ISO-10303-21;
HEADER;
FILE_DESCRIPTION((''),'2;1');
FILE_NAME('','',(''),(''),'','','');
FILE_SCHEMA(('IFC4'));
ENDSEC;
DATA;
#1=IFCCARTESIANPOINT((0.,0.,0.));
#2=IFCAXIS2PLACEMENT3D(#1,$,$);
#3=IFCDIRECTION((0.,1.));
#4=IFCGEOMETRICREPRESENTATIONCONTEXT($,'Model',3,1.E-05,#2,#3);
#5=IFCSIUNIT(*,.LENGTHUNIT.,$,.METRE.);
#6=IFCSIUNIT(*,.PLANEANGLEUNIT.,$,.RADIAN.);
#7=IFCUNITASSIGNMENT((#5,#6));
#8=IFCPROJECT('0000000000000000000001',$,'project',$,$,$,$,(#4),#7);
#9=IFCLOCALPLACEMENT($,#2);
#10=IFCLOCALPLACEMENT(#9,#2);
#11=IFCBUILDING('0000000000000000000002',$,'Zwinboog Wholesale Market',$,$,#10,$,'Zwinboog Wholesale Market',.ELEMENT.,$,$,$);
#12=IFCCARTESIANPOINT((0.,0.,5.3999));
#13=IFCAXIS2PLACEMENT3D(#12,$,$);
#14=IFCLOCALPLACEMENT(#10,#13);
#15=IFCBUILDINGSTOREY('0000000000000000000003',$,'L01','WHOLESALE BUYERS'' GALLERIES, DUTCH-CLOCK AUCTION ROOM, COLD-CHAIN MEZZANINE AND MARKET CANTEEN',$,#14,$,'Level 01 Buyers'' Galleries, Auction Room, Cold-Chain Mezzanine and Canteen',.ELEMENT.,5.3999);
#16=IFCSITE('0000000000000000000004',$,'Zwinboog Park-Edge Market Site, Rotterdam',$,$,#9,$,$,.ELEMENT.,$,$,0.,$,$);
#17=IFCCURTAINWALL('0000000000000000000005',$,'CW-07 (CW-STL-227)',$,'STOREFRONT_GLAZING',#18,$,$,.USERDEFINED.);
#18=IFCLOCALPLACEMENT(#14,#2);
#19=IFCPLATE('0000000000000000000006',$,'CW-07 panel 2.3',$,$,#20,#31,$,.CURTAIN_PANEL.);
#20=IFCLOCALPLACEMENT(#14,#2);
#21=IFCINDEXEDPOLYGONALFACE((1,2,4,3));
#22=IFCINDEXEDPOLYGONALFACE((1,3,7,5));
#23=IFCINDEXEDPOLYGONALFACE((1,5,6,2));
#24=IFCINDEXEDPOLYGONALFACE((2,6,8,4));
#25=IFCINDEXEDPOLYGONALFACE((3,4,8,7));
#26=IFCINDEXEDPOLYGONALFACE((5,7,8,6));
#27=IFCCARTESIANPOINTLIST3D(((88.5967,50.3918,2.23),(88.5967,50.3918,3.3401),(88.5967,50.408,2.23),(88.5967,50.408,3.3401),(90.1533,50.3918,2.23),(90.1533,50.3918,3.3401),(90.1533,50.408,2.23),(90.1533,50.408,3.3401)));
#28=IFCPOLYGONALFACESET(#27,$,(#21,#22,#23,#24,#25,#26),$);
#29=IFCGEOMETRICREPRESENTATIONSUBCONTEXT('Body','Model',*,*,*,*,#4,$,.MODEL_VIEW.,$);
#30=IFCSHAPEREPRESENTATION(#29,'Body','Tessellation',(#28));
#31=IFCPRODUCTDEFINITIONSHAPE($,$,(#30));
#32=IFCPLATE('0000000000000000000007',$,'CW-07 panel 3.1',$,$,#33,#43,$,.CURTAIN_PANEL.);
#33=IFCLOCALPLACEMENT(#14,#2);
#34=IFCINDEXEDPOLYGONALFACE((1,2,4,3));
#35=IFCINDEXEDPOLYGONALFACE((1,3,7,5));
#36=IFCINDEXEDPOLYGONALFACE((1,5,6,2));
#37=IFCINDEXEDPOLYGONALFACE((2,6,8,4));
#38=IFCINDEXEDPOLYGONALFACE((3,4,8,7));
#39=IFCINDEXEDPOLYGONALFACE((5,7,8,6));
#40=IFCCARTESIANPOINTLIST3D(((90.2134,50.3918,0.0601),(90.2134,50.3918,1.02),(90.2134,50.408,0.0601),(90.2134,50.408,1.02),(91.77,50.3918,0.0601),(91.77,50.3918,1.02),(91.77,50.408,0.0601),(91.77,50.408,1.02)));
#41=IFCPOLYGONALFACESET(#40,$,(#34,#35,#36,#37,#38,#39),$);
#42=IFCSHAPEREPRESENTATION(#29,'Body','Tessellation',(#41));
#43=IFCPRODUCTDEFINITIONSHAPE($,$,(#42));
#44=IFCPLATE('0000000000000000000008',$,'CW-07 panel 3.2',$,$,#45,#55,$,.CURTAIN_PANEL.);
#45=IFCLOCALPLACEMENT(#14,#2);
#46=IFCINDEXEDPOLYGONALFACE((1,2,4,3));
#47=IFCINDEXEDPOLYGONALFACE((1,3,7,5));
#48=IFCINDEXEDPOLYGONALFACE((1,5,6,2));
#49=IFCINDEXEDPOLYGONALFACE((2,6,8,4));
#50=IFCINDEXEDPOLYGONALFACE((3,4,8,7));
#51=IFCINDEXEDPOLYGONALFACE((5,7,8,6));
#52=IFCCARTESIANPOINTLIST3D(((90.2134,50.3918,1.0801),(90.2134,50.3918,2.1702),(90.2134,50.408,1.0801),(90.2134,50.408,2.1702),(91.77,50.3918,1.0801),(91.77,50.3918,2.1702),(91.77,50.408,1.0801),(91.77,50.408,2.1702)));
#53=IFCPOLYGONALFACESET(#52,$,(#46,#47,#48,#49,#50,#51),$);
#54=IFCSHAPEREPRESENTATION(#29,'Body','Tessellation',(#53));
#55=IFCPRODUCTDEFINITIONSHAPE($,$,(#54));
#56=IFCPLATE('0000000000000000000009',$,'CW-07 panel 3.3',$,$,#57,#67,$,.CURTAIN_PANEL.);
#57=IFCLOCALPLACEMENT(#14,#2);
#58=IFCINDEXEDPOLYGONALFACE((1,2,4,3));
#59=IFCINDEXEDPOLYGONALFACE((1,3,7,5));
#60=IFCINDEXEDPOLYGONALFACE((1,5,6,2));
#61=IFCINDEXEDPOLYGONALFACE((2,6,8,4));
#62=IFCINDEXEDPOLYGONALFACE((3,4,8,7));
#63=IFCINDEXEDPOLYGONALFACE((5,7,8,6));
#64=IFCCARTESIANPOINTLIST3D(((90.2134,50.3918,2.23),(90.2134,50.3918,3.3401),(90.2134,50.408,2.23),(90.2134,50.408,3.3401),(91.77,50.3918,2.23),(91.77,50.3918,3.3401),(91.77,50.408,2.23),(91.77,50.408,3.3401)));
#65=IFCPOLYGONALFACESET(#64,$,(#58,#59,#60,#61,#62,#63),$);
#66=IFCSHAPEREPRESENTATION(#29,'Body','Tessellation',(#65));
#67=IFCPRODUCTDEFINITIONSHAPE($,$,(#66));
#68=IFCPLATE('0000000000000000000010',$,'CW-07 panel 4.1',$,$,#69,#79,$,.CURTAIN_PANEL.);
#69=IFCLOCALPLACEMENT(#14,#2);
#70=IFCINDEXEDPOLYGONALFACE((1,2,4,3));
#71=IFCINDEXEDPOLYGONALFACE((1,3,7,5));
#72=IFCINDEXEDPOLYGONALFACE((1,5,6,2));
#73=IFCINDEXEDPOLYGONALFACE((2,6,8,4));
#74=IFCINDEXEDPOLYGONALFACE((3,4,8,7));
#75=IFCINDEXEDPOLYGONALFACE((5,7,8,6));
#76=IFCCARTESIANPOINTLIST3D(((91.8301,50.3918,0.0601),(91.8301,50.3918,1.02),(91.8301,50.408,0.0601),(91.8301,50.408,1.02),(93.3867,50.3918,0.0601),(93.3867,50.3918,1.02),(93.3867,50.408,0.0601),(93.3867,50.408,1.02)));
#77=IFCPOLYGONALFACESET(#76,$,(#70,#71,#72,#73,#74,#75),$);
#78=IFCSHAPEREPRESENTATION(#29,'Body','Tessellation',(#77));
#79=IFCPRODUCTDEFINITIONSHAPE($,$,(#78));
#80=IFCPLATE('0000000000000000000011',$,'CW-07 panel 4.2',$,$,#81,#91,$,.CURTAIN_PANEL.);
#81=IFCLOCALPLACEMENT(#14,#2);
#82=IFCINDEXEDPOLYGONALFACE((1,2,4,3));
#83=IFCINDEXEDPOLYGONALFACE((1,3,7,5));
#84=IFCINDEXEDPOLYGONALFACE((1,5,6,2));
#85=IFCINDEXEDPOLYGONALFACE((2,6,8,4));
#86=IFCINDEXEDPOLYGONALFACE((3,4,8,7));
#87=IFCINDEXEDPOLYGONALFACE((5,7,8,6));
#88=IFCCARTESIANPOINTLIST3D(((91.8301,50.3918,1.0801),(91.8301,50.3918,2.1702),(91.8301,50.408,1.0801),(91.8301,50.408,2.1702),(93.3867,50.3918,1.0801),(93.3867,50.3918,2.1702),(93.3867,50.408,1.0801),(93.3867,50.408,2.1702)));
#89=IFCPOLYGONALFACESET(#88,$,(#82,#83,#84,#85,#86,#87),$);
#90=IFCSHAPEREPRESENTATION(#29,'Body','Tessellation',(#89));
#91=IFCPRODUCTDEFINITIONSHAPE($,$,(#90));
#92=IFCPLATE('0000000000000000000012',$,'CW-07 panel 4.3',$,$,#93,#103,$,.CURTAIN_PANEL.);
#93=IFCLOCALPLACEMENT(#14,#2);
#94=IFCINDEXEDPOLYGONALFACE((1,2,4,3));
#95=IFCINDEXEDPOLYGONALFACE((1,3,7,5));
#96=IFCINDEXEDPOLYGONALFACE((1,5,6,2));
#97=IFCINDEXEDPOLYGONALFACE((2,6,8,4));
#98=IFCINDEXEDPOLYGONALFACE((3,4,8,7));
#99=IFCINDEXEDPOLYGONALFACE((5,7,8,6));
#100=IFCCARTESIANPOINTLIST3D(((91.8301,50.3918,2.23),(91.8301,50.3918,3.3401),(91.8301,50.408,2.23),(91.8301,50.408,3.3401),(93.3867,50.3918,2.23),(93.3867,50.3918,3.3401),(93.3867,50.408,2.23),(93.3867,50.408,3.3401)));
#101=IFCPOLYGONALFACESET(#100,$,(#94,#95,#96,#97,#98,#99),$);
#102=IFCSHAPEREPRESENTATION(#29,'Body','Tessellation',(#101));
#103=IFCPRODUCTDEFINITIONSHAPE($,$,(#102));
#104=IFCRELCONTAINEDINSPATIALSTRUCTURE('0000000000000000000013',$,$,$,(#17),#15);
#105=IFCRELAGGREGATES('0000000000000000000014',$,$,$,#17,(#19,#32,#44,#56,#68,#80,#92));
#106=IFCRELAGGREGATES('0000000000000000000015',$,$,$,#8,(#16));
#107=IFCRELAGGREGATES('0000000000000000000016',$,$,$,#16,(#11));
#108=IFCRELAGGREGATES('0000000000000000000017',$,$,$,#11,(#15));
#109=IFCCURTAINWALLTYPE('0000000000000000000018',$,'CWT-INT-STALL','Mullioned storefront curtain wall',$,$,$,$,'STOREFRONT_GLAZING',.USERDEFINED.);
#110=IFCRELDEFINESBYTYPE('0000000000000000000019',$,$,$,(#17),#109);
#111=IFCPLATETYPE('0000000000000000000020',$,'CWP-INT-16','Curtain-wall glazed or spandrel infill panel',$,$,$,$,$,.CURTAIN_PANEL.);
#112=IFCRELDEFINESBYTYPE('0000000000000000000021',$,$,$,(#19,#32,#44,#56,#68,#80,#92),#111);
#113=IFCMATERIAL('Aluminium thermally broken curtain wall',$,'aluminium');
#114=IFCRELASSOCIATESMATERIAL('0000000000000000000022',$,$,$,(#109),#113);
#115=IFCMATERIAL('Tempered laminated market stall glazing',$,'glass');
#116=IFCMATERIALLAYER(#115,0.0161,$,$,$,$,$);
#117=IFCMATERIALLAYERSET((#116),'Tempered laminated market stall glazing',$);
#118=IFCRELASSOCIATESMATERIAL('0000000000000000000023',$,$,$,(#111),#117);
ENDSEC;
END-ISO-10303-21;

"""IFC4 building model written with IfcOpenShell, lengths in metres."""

from ifc_helpers import new_model, si_unit, direction, frame, origin, origin_2d, place, context, subcontext, project, spatial, rectangle, extrude, material, layer, layer_set, type_object, element, aggregate, save


model = new_model("IFC4")

# Units and contexts
model_context = context("Model", 3, precision=1e-05, world=origin(), true_north=direction((0.0, 1.0)))
body_context = subcontext(model_context, "Body", "Model", "MODEL_VIEW")
ifc_project = project(units=[si_unit("LENGTHUNIT", "METRE"), si_unit("PLANEANGLEUNIT", "RADIAN")], contexts=[model_context])

# Site, building, storey
site_placement = place(None, origin())
site = spatial("IfcSite", under=ifc_project, at=site_placement, Name="Zwinboog Park-Edge Market Site, Rotterdam", CompositionType="ELEMENT", RefElevation=0.0)
building_placement = place(site_placement, origin())
building = spatial("IfcBuilding", under=site, at=building_placement, Name="Zwinboog Wholesale Market", LongName="Zwinboog Wholesale Market", CompositionType="ELEMENT")
storey_placement = place(building_placement, frame((0.0, 0.0, 5.3999)))
storey = spatial("IfcBuildingStorey", under=building, at=storey_placement, Name="L01", Description="WHOLESALE BUYERS' GALLERIES, DUTCH-CLOCK AUCTION ROOM, COLD-CHAIN MEZZANINE AND MARKET CANTEEN", LongName="Level 01 Buyers' Galleries, Auction Room, Cold-Chain Mezzanine and Canteen", CompositionType="ELEMENT", Elevation=5.3999)

# Curtain wall, plates
ifc_material_1 = material(Name="Aluminium thermally broken curtain wall", Category="aluminium")
curtain_wall_type = type_object("IfcCurtainWallType", Name="CWT-INT-STALL", Description="Mullioned storefront curtain wall", ElementType="STOREFRONT_GLAZING", PredefinedType="USERDEFINED", material=ifc_material_1)
curtain_wall_placement = place(storey_placement, origin())
curtain_wall = element("IfcCurtainWall", 1, at=curtain_wall_placement, inside=storey, type_object=curtain_wall_type, Name="CW-07 (CW-STL-227)", ObjectType="STOREFRONT_GLAZING", PredefinedType="USERDEFINED")
ifc_material_2 = material(Name="Tempered laminated market stall glazing", Category="glass")
ifc_layer = layer(ifc_material_2, 0.0161)
ifc_layer_set = layer_set([ifc_layer], Name="Tempered laminated market stall glazing")
plate_type = type_object("IfcPlateType", Name="CWP-INT-16", Description="Curtain-wall glazed or spandrel infill panel", PredefinedType="CURTAIN_PANEL", material=ifc_layer_set)
plate_1_placement = place(storey_placement, frame((89.375, 50.3999, 2.23), z_axis=(0.0, 0.0, 1.0), x_axis=(1.0, 0.0, 0.0)))
plate_1 = element("IfcPlate", 2, at=plate_1_placement, type_object=plate_type, Name="CW-07 panel 2.3", PredefinedType="CURTAIN_PANEL", context=body_context, shape_type="SweptSolid", body=[
    extrude(rectangle(XDim=1.5566, YDim=0.0161, at=origin_2d()), origin(), (0.0, 0.0, 1.0), 1.1101),
])
plate_2_placement = place(storey_placement, frame((90.9917, 50.3999, 0.0601), z_axis=(0.0, 0.0, 1.0), x_axis=(1.0, 0.0, 0.0)))
plate_2 = element("IfcPlate", 3, at=plate_2_placement, type_object=plate_type, Name="CW-07 panel 3.1", PredefinedType="CURTAIN_PANEL", context=body_context, shape_type="SweptSolid", body=[
    extrude(rectangle(XDim=1.5566, YDim=0.0161, at=origin_2d()), origin(), (0.0, 0.0, 1.0), 0.96),
])
plate_3_placement = place(storey_placement, frame((90.9917, 50.3999, 1.0801), z_axis=(0.0, 0.0, 1.0), x_axis=(1.0, 0.0, 0.0)))
plate_3 = element("IfcPlate", 4, at=plate_3_placement, type_object=plate_type, Name="CW-07 panel 3.2", PredefinedType="CURTAIN_PANEL", context=body_context, shape_type="SweptSolid", body=[
    extrude(rectangle(XDim=1.5566, YDim=0.0161, at=origin_2d()), origin(), (0.0, 0.0, 1.0), 1.0901),
])
plate_4_placement = place(storey_placement, frame((90.9917, 50.3999, 2.23), z_axis=(0.0, 0.0, 1.0), x_axis=(1.0, 0.0, 0.0)))
plate_4 = element("IfcPlate", 5, at=plate_4_placement, type_object=plate_type, Name="CW-07 panel 3.3", PredefinedType="CURTAIN_PANEL", context=body_context, shape_type="SweptSolid", body=[
    extrude(rectangle(XDim=1.5566, YDim=0.0161, at=origin_2d()), origin(), (0.0, 0.0, 1.0), 1.1101),
])
plate_5_placement = place(storey_placement, frame((92.6084, 50.3999, 0.0601), z_axis=(0.0, 0.0, 1.0), x_axis=(1.0, 0.0, 0.0)))
plate_5 = element("IfcPlate", 6, at=plate_5_placement, type_object=plate_type, Name="CW-07 panel 4.1", PredefinedType="CURTAIN_PANEL", context=body_context, shape_type="SweptSolid", body=[
    extrude(rectangle(XDim=1.5566, YDim=0.0161, at=origin_2d()), origin(), (0.0, 0.0, 1.0), 0.96),
])
plate_6_placement = place(storey_placement, frame((92.6084, 50.3999, 1.0801), z_axis=(0.0, 0.0, 1.0), x_axis=(1.0, 0.0, 0.0)))
plate_6 = element("IfcPlate", 7, at=plate_6_placement, type_object=plate_type, Name="CW-07 panel 4.2", PredefinedType="CURTAIN_PANEL", context=body_context, shape_type="SweptSolid", body=[
    extrude(rectangle(XDim=1.5566, YDim=0.0161, at=origin_2d()), origin(), (0.0, 0.0, 1.0), 1.0901),
])
plate_7_placement = place(storey_placement, frame((92.6084, 50.3999, 2.23), z_axis=(0.0, 0.0, 1.0), x_axis=(1.0, 0.0, 0.0)))
plate_7 = element("IfcPlate", 8, at=plate_7_placement, type_object=plate_type, Name="CW-07 panel 4.3", PredefinedType="CURTAIN_PANEL", context=body_context, shape_type="SweptSolid", body=[
    extrude(rectangle(XDim=1.5566, YDim=0.0161, at=origin_2d()), origin(), (0.0, 0.0, 1.0), 1.1101),
])
aggregate(curtain_wall, [plate_1, plate_2, plate_3, plate_4, plate_5, plate_6, plate_7])

save(model, "model.ifc")
